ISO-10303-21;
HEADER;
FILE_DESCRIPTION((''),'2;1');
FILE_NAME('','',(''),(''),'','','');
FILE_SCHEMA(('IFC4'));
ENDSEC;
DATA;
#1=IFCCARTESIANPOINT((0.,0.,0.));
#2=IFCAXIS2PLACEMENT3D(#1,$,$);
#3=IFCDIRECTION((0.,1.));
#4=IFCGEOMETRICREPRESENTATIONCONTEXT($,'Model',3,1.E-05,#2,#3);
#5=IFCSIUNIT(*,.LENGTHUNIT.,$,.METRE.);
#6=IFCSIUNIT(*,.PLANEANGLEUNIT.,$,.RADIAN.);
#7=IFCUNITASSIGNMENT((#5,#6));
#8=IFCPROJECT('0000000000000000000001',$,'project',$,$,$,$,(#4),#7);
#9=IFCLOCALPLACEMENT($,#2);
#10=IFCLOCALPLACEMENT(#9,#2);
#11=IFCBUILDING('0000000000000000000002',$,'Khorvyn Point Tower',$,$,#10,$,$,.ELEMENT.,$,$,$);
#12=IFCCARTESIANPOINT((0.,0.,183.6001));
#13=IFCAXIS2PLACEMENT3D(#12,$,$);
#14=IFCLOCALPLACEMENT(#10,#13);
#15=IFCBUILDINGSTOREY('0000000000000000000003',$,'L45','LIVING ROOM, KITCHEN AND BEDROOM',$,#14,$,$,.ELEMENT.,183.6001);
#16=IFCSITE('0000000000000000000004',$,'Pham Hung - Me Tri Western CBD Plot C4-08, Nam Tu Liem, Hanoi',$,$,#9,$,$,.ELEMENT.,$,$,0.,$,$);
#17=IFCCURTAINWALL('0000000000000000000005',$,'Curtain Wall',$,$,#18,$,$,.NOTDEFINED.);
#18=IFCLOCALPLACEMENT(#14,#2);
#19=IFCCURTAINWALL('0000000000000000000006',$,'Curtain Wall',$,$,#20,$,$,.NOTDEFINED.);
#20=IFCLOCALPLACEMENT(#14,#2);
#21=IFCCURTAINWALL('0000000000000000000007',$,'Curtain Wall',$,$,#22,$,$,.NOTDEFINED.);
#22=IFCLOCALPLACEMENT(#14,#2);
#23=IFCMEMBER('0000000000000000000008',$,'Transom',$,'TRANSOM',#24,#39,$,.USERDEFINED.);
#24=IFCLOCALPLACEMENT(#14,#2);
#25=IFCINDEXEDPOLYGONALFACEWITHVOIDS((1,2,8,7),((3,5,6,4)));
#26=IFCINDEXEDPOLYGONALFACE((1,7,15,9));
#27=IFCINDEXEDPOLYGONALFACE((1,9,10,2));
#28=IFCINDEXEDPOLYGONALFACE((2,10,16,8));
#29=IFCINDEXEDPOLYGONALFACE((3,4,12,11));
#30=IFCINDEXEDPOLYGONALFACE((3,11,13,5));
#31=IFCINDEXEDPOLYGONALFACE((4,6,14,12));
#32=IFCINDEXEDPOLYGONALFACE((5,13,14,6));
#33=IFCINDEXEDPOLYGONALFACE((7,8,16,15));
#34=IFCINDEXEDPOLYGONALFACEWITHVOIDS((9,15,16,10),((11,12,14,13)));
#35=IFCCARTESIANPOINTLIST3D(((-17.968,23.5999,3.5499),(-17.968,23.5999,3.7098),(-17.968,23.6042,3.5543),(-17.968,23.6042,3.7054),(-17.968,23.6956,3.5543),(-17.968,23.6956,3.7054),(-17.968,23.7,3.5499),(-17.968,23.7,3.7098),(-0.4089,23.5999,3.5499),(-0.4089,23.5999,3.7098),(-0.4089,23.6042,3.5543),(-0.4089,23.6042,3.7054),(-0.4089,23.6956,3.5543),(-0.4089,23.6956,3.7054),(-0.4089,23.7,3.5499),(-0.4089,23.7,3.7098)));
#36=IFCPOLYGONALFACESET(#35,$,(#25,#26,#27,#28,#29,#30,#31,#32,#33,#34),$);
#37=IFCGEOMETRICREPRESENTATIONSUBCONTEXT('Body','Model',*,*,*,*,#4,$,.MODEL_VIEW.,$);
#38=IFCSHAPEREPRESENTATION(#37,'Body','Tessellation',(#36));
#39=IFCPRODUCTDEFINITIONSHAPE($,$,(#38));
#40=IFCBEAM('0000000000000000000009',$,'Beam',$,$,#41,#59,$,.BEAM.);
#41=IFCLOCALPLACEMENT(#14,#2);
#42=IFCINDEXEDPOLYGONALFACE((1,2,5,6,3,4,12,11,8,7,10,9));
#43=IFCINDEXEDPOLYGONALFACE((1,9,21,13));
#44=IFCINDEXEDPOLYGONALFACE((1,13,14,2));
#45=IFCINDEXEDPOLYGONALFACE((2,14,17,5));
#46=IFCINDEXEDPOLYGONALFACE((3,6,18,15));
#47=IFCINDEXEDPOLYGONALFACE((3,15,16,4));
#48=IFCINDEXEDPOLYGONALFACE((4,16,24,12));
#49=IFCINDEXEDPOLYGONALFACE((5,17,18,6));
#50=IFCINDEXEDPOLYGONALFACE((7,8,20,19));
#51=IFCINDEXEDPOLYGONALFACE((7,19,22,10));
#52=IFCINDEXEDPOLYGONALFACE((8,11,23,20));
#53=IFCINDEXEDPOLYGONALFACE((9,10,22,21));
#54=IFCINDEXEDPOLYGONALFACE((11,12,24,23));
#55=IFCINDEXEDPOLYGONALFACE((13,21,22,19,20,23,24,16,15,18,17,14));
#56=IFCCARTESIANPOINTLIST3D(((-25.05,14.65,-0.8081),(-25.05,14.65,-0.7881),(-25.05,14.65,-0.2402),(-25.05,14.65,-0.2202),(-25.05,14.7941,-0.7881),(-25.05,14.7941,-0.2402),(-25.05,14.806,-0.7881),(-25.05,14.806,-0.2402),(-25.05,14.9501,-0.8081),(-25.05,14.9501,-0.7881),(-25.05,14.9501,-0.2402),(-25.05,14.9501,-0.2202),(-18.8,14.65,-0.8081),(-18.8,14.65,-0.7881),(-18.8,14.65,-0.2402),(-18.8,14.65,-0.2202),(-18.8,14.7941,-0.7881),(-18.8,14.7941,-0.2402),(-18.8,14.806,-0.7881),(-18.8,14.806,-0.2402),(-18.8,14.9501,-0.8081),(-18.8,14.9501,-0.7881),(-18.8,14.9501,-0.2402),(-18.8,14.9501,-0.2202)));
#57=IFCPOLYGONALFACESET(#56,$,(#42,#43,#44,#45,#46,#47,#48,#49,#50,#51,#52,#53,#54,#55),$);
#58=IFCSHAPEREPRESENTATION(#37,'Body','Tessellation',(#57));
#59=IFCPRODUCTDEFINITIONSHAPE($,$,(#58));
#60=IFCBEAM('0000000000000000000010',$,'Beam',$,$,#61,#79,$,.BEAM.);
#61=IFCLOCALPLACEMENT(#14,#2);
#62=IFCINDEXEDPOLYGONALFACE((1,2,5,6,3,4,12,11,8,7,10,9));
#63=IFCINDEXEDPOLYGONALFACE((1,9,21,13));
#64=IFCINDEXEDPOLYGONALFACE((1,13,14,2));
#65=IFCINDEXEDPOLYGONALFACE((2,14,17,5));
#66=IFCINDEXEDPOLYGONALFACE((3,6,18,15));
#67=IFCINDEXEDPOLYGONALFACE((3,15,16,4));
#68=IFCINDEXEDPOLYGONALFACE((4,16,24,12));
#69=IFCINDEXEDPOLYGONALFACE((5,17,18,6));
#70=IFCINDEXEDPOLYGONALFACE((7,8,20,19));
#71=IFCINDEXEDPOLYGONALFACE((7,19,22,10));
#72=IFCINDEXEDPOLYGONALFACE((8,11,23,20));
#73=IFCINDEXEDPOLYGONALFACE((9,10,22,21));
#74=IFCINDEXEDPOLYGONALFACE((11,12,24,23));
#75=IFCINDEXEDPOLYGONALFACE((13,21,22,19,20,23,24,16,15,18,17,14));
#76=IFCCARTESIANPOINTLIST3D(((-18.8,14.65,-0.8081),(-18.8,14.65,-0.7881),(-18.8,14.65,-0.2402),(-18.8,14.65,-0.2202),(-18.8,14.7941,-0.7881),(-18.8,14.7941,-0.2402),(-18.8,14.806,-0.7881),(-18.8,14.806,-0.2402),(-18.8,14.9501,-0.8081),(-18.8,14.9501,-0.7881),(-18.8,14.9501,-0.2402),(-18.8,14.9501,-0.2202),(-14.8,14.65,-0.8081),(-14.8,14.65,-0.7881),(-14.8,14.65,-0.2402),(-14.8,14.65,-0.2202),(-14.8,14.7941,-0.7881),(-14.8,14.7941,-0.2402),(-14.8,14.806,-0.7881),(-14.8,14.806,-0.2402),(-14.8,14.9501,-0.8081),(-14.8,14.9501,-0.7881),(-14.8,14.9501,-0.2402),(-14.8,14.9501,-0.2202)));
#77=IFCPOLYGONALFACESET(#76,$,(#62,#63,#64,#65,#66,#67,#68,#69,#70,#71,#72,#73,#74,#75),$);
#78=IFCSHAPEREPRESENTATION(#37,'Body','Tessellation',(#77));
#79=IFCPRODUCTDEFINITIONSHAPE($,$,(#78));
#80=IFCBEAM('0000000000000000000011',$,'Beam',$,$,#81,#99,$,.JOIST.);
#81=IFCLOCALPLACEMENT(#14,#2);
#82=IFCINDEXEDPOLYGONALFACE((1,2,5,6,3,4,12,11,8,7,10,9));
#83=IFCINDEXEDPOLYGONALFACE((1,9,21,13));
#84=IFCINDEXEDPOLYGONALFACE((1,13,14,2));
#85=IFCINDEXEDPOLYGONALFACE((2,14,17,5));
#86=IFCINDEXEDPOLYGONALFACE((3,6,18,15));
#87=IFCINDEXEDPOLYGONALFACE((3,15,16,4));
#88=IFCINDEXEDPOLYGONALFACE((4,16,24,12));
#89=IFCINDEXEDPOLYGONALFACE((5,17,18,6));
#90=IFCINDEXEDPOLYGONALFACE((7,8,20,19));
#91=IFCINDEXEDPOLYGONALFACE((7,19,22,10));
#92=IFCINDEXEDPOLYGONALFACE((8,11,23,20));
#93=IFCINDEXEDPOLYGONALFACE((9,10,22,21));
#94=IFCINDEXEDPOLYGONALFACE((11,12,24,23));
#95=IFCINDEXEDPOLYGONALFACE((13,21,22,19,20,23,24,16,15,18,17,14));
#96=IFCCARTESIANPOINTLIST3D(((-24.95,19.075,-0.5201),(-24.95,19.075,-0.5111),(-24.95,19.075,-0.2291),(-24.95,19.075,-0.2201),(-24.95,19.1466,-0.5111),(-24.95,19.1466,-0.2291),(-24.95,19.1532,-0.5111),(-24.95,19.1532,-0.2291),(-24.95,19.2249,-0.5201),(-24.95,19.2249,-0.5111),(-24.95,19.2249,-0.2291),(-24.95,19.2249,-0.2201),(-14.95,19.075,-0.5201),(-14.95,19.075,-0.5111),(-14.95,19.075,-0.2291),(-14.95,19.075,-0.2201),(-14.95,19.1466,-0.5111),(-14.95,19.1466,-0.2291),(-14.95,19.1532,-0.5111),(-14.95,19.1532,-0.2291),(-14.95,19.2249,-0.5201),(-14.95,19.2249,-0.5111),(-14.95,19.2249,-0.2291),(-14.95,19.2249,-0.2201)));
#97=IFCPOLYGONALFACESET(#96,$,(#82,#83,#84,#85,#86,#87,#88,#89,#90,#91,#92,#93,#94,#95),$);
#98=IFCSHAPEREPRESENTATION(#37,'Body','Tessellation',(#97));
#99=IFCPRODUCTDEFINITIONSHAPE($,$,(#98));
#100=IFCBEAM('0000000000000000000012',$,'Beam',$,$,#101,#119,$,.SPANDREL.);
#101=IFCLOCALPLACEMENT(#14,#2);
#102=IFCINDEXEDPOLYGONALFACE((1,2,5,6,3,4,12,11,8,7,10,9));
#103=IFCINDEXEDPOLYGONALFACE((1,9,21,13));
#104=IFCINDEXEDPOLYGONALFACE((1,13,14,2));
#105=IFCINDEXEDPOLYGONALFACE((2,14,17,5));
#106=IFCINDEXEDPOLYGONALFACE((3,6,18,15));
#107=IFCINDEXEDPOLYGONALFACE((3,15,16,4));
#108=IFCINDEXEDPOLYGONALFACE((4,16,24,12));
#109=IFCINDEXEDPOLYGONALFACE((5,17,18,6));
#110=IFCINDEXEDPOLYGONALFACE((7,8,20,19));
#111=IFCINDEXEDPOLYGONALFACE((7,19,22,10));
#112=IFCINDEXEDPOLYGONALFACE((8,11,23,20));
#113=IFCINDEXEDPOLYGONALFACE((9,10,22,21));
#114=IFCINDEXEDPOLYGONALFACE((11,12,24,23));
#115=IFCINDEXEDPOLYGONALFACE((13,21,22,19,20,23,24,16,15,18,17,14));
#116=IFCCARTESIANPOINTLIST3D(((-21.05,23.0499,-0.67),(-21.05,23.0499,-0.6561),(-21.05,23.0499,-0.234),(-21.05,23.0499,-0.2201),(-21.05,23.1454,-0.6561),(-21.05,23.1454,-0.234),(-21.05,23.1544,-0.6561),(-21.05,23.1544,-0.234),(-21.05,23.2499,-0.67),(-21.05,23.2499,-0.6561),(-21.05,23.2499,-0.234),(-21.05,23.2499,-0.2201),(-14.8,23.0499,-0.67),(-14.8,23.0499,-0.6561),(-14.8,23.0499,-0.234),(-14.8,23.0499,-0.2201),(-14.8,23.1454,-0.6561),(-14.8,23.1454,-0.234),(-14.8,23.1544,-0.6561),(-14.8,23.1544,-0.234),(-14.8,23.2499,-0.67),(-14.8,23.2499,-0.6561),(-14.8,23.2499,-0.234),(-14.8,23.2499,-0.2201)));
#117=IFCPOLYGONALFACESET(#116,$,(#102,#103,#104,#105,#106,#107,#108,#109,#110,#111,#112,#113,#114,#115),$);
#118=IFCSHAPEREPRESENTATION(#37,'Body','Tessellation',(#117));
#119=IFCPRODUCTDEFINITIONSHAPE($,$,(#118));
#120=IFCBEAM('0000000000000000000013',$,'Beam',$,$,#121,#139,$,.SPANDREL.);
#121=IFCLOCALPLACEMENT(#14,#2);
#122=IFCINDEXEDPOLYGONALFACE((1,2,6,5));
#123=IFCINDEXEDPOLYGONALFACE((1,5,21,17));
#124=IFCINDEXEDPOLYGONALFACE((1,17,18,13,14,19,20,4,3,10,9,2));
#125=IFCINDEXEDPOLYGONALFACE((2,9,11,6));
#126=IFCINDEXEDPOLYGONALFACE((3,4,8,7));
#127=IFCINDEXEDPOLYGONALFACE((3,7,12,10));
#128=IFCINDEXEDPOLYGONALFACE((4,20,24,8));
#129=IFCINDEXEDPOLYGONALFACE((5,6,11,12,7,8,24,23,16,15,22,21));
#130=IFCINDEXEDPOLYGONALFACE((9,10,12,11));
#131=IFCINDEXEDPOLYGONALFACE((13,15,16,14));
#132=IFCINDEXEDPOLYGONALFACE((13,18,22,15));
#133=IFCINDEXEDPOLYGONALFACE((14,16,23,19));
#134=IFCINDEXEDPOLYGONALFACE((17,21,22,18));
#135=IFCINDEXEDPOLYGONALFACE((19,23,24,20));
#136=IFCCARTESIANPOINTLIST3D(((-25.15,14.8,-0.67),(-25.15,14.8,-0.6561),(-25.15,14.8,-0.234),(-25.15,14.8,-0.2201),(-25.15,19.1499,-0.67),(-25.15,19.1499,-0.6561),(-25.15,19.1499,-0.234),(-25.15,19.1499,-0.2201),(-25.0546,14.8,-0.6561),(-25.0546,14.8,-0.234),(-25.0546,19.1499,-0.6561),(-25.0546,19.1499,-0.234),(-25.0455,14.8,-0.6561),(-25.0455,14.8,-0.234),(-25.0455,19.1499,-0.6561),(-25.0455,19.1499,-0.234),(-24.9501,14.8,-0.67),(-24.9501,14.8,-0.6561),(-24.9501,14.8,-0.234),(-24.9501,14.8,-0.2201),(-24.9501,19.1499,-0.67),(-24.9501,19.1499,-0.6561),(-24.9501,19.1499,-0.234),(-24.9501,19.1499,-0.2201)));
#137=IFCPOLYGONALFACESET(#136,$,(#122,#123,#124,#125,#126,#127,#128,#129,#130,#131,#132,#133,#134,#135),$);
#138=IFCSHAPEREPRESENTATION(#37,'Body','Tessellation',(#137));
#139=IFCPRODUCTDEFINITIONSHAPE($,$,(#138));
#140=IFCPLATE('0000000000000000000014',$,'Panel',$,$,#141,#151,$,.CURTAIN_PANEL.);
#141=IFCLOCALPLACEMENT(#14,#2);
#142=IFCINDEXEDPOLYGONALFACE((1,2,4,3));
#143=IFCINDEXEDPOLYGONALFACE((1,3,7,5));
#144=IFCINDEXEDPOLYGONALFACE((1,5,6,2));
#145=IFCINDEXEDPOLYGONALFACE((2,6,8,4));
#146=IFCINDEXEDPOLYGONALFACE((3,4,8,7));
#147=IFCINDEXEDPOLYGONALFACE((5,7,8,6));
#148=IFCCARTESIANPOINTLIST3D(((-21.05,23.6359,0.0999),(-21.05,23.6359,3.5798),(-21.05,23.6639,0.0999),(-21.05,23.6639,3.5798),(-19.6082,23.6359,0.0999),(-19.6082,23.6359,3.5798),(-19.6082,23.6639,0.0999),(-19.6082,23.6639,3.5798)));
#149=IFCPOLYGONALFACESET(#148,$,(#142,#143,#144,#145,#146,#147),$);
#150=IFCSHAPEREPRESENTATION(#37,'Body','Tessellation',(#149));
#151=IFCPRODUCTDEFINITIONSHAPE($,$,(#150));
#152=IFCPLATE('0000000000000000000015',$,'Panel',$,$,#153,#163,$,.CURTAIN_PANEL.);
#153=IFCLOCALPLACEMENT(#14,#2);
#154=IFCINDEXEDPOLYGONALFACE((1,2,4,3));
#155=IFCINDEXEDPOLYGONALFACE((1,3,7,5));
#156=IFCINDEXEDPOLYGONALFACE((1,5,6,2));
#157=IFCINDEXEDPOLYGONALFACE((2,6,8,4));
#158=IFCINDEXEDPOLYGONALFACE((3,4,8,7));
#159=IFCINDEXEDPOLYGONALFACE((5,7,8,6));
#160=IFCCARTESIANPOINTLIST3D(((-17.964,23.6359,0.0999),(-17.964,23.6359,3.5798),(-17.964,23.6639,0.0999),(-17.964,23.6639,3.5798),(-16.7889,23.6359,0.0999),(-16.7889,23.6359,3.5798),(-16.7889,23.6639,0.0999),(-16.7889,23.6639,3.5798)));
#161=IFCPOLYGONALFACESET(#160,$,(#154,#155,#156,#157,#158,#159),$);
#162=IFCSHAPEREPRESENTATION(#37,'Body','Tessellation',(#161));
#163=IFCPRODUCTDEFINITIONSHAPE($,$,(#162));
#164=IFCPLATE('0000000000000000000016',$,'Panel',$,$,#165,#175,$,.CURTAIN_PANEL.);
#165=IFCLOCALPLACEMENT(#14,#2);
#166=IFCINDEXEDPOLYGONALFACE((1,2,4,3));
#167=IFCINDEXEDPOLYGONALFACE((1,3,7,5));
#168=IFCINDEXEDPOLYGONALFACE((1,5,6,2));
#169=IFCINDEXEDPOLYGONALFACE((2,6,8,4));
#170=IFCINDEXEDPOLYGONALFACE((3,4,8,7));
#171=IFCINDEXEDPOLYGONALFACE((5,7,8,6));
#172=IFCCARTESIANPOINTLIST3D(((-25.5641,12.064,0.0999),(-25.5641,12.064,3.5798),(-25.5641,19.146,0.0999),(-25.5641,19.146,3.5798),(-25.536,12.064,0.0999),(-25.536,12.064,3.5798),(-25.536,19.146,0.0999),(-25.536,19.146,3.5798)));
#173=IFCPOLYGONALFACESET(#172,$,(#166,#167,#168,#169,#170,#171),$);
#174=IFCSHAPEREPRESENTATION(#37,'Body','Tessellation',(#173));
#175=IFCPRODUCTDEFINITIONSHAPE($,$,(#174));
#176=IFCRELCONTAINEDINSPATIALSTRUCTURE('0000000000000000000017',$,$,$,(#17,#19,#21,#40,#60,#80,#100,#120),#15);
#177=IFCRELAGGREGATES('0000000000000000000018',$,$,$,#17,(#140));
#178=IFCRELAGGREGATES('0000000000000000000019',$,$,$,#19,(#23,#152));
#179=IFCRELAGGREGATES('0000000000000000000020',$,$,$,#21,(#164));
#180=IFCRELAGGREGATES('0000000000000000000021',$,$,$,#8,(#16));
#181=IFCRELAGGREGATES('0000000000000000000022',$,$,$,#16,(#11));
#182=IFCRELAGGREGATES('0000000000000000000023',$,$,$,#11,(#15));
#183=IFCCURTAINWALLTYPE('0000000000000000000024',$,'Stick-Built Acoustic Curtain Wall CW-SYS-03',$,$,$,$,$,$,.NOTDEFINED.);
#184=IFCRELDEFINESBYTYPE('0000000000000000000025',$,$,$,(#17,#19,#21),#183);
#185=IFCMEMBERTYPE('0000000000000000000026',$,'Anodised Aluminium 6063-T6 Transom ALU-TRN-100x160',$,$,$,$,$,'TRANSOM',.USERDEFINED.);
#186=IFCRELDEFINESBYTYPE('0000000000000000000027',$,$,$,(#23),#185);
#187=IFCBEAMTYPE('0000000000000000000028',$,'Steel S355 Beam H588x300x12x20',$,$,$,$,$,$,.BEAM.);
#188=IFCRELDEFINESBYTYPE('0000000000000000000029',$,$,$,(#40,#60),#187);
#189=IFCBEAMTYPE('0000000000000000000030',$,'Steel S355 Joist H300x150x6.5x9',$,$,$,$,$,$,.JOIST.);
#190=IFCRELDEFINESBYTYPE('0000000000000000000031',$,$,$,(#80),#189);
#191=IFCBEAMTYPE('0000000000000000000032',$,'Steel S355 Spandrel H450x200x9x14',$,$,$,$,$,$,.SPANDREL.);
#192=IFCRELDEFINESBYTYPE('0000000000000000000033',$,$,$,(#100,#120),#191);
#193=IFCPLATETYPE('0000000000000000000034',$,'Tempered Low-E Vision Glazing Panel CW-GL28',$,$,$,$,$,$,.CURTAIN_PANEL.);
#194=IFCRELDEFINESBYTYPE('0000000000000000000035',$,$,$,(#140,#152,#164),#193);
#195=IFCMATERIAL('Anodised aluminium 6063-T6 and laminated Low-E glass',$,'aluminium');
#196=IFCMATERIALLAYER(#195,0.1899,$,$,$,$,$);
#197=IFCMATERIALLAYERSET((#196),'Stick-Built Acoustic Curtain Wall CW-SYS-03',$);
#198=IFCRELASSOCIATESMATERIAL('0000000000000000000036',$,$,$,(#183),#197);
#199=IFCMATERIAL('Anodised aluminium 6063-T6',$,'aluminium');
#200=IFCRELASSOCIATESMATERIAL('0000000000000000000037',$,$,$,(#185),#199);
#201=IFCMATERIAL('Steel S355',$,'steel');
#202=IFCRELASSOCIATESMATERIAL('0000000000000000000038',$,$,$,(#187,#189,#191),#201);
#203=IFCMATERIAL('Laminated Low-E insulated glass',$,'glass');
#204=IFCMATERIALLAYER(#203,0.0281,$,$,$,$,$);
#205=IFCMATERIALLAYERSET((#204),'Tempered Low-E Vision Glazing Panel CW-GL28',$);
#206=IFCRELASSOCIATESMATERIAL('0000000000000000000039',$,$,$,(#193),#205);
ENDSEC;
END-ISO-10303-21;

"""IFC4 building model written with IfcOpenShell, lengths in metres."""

from ifc_helpers import new_model, si_unit, direction, frame, origin, origin_2d, place, context, subcontext, project, spatial, rectangle, hollow_rectangle, i_section, extrude, material, layer, layer_set, material_profile, profile_set, type_object, element, aggregate, save


model = new_model("IFC4")

# Units and contexts
model_context = context("Model", 3, precision=1e-05, world=origin(), true_north=direction((0.0, 1.0)))
body_context = subcontext(model_context, "Body", "Model", "MODEL_VIEW")
ifc_project = project(units=[si_unit("LENGTHUNIT", "METRE"), si_unit("PLANEANGLEUNIT", "RADIAN")], contexts=[model_context])

# Site, building, storey
site_placement = place(None, origin())
site = spatial("IfcSite", under=ifc_project, at=site_placement, Name="Pham Hung - Me Tri Western CBD Plot C4-08, Nam Tu Liem, Hanoi", CompositionType="ELEMENT", RefElevation=0.0)
building_placement = place(site_placement, origin())
building = spatial("IfcBuilding", under=site, at=building_placement, Name="Khorvyn Point Tower", CompositionType="ELEMENT")
storey_placement = place(building_placement, frame((0.0, 0.0, 183.6001)))
storey = spatial("IfcBuildingStorey", under=building, at=storey_placement, Name="L45", Description="LIVING ROOM, KITCHEN AND BEDROOM", CompositionType="ELEMENT", Elevation=183.6001)

# Curtain wall
ifc_material_1 = material(Name="Anodised aluminium 6063-T6 and laminated Low-E glass", Category="aluminium")
ifc_layer_1 = layer(ifc_material_1, 0.1899)
ifc_layer_set_1 = layer_set([ifc_layer_1], Name="Stick-Built Acoustic Curtain Wall CW-SYS-03")
curtain_wall_type = type_object("IfcCurtainWallType", Name="Stick-Built Acoustic Curtain Wall CW-SYS-03", PredefinedType="NOTDEFINED", material=ifc_layer_set_1)
curtain_wall_1_placement = place(storey_placement, origin())
curtain_wall_1 = element("IfcCurtainWall", 1, at=curtain_wall_1_placement, inside=storey, type_object=curtain_wall_type, Name="Curtain Wall", PredefinedType="NOTDEFINED")
ifc_material_2 = material(Name="Anodised aluminium 6063-T6", Category="aluminium")

# Curtain walls
curtain_wall_2_placement = place(storey_placement, origin())
curtain_wall_2 = element("IfcCurtainWall", 2, at=curtain_wall_2_placement, inside=storey, type_object=curtain_wall_type, Name="Curtain Wall", PredefinedType="NOTDEFINED")
curtain_wall_3_placement = place(storey_placement, origin())
curtain_wall_3 = element("IfcCurtainWall", 3, at=curtain_wall_3_placement, inside=storey, type_object=curtain_wall_type, Name="Curtain Wall", PredefinedType="NOTDEFINED")

# Member
ifc_material_profile_1 = material_profile(ifc_material_2, hollow_rectangle(XDim=0.1001, YDim=0.1599, WallThickness=0.0044, at=origin_2d()))
ifc_profile_set_1 = profile_set([ifc_material_profile_1], Name="Anodised aluminium 6063-T6 ALU-TRN-100x160")
member_type_1 = type_object("IfcMemberType", Name="Anodised Aluminium 6063-T6 Transom ALU-TRN-100x160", ElementType="TRANSOM", PredefinedType="USERDEFINED", material=ifc_profile_set_1)
member_1_placement = place(storey_placement, frame((-17.968, 23.6499, 3.6299), z_axis=(1.0, 0.0, 0.0), x_axis=(0.0, 1.0, 0.0)))
member_1 = element("IfcMember", 4, at=member_1_placement, type_object=member_type_1, Name="Transom", ObjectType="TRANSOM", PredefinedType="USERDEFINED", context=body_context, shape_type="SweptSolid", body=[
    extrude(hollow_rectangle(XDim=0.1001, YDim=0.1599, WallThickness=0.0044, at=origin_2d()), origin(), (0.0, 0.0, 1.0), 17.5591),
])

# Beams
ifc_material_3 = material(Name="Steel S355", Category="steel")
ifc_material_profile_2 = material_profile(ifc_material_3, i_section(OverallWidth=0.3, OverallDepth=0.5879, WebThickness=0.012, FlangeThickness=0.02, at=origin_2d()))
ifc_profile_set_2 = profile_set([ifc_material_profile_2], Name="Steel S355 H588x300x12x20")
beam_type_1 = type_object("IfcBeamType", Name="Steel S355 Beam H588x300x12x20", PredefinedType="BEAM", material=ifc_profile_set_2)
beam_1_placement = place(storey_placement, frame((-25.05, 14.8, -0.5142), z_axis=(1.0, 0.0, 0.0), x_axis=(0.0, 1.0, 0.0)))
element("IfcBeam", 5, at=beam_1_placement, inside=storey, type_object=beam_type_1, Name="Beam", PredefinedType="BEAM", context=body_context, shape_type="SweptSolid", body=[
    extrude(i_section(OverallWidth=0.3, OverallDepth=0.5879, WebThickness=0.012, FlangeThickness=0.02, at=origin_2d()), origin(), (0.0, 0.0, 1.0), 6.25),
])
beam_2_placement = place(storey_placement, frame((-18.8, 14.8, -0.5142), z_axis=(1.0, 0.0, 0.0), x_axis=(0.0, 1.0, 0.0)))
element("IfcBeam", 6, at=beam_2_placement, inside=storey, type_object=beam_type_1, Name="Beam", PredefinedType="BEAM", context=body_context, shape_type="SweptSolid", body=[
    extrude(i_section(OverallWidth=0.3, OverallDepth=0.5879, WebThickness=0.012, FlangeThickness=0.02, at=origin_2d()), origin(), (0.0, 0.0, 1.0), 4.0),
])
ifc_material_profile_3 = material_profile(ifc_material_3, i_section(OverallWidth=0.1499, OverallDepth=0.3, WebThickness=0.0066, FlangeThickness=0.009, at=origin_2d()))
ifc_profile_set_3 = profile_set([ifc_material_profile_3], Name="Steel S355 H300x150x6.5x9")
beam_type_2 = type_object("IfcBeamType", Name="Steel S355 Joist H300x150x6.5x9", PredefinedType="JOIST", material=ifc_profile_set_3)
beam_3_placement = place(storey_placement, frame((-24.95, 19.1499, -0.3701), z_axis=(1.0, 0.0, 0.0), x_axis=(0.0, 1.0, 0.0)))
element("IfcBeam", 7, at=beam_3_placement, inside=storey, type_object=beam_type_2, Name="Beam", PredefinedType="JOIST", context=body_context, shape_type="SweptSolid", body=[
    extrude(i_section(OverallWidth=0.1499, OverallDepth=0.3, WebThickness=0.0066, FlangeThickness=0.009, at=origin_2d()), origin(), (0.0, 0.0, 1.0), 10.0),
])
ifc_material_profile_4 = material_profile(ifc_material_3, i_section(OverallWidth=0.2, OverallDepth=0.45, WebThickness=0.009, FlangeThickness=0.0139, at=origin_2d()))
ifc_profile_set_4 = profile_set([ifc_material_profile_4], Name="Steel S355 H450x200x9x14")
beam_type_3 = type_object("IfcBeamType", Name="Steel S355 Spandrel H450x200x9x14", PredefinedType="SPANDREL", material=ifc_profile_set_4)
beam_4_placement = place(storey_placement, frame((-21.05, 23.1499, -0.4451), z_axis=(1.0, 0.0, 0.0), x_axis=(0.0, 1.0, 0.0)))
element("IfcBeam", 8, at=beam_4_placement, inside=storey, type_object=beam_type_3, Name="Beam", PredefinedType="SPANDREL", context=body_context, shape_type="SweptSolid", body=[
    extrude(i_section(OverallWidth=0.2, OverallDepth=0.45, WebThickness=0.009, FlangeThickness=0.0139, at=origin_2d()), origin(), (0.0, 0.0, 1.0), 6.25),
])
beam_5_placement = place(storey_placement, frame((-25.05, 14.8, -0.4451), z_axis=(0.0, 1.0, 0.0), x_axis=(-1.0, 0.0, 0.0)))
element("IfcBeam", 9, at=beam_5_placement, inside=storey, type_object=beam_type_3, Name="Beam", PredefinedType="SPANDREL", context=body_context, shape_type="SweptSolid", body=[
    extrude(i_section(OverallWidth=0.2, OverallDepth=0.45, WebThickness=0.009, FlangeThickness=0.0139, at=origin_2d()), origin(), (0.0, 0.0, 1.0), 4.3499),
])

# Plates
ifc_material_4 = material(Name="Laminated Low-E insulated glass", Category="glass")
ifc_layer_2 = layer(ifc_material_4, 0.0281)
ifc_layer_set_2 = layer_set([ifc_layer_2], Name="Tempered Low-E Vision Glazing Panel CW-GL28")
plate_type = type_object("IfcPlateType", Name="Tempered Low-E Vision Glazing Panel CW-GL28", PredefinedType="CURTAIN_PANEL", material=ifc_layer_set_2)
plate_1_placement = place(storey_placement, frame((-20.3291, 23.6499, 0.0999), z_axis=(0.0, 0.0, 1.0), x_axis=(1.0, 0.0, 0.0)))
plate_1 = element("IfcPlate", 10, at=plate_1_placement, type_object=plate_type, Name="Panel", PredefinedType="CURTAIN_PANEL", context=body_context, shape_type="SweptSolid", body=[
    extrude(rectangle(XDim=1.4419, YDim=0.0281, at=origin_2d()), origin(), (0.0, 0.0, 1.0), 3.48),
])
aggregate(curtain_wall_1, [plate_1])
plate_2_placement = place(storey_placement, frame((-17.3765, 23.6499, 0.0999), z_axis=(0.0, 0.0, 1.0), x_axis=(1.0, 0.0, 0.0)))
plate_2 = element("IfcPlate", 11, at=plate_2_placement, type_object=plate_type, Name="Panel", PredefinedType="CURTAIN_PANEL", context=body_context, shape_type="SweptSolid", body=[
    extrude(rectangle(XDim=1.175, YDim=0.0281, at=origin_2d()), origin(), (0.0, 0.0, 1.0), 3.48),
])
aggregate(curtain_wall_2, [member_1, plate_2])
plate_3_placement = place(storey_placement, frame((-25.55, 15.605, 0.0999), z_axis=(0.0, 0.0, 1.0), x_axis=(0.0, 1.0, 0.0)))
plate_3 = element("IfcPlate", 12, at=plate_3_placement, type_object=plate_type, Name="Panel", PredefinedType="CURTAIN_PANEL", context=body_context, shape_type="SweptSolid", body=[
    extrude(rectangle(XDim=7.082, YDim=0.0281, at=origin_2d()), origin(), (0.0, 0.0, 1.0), 3.48),
])
aggregate(curtain_wall_3, [plate_3])

save(model, "model.ifc")
